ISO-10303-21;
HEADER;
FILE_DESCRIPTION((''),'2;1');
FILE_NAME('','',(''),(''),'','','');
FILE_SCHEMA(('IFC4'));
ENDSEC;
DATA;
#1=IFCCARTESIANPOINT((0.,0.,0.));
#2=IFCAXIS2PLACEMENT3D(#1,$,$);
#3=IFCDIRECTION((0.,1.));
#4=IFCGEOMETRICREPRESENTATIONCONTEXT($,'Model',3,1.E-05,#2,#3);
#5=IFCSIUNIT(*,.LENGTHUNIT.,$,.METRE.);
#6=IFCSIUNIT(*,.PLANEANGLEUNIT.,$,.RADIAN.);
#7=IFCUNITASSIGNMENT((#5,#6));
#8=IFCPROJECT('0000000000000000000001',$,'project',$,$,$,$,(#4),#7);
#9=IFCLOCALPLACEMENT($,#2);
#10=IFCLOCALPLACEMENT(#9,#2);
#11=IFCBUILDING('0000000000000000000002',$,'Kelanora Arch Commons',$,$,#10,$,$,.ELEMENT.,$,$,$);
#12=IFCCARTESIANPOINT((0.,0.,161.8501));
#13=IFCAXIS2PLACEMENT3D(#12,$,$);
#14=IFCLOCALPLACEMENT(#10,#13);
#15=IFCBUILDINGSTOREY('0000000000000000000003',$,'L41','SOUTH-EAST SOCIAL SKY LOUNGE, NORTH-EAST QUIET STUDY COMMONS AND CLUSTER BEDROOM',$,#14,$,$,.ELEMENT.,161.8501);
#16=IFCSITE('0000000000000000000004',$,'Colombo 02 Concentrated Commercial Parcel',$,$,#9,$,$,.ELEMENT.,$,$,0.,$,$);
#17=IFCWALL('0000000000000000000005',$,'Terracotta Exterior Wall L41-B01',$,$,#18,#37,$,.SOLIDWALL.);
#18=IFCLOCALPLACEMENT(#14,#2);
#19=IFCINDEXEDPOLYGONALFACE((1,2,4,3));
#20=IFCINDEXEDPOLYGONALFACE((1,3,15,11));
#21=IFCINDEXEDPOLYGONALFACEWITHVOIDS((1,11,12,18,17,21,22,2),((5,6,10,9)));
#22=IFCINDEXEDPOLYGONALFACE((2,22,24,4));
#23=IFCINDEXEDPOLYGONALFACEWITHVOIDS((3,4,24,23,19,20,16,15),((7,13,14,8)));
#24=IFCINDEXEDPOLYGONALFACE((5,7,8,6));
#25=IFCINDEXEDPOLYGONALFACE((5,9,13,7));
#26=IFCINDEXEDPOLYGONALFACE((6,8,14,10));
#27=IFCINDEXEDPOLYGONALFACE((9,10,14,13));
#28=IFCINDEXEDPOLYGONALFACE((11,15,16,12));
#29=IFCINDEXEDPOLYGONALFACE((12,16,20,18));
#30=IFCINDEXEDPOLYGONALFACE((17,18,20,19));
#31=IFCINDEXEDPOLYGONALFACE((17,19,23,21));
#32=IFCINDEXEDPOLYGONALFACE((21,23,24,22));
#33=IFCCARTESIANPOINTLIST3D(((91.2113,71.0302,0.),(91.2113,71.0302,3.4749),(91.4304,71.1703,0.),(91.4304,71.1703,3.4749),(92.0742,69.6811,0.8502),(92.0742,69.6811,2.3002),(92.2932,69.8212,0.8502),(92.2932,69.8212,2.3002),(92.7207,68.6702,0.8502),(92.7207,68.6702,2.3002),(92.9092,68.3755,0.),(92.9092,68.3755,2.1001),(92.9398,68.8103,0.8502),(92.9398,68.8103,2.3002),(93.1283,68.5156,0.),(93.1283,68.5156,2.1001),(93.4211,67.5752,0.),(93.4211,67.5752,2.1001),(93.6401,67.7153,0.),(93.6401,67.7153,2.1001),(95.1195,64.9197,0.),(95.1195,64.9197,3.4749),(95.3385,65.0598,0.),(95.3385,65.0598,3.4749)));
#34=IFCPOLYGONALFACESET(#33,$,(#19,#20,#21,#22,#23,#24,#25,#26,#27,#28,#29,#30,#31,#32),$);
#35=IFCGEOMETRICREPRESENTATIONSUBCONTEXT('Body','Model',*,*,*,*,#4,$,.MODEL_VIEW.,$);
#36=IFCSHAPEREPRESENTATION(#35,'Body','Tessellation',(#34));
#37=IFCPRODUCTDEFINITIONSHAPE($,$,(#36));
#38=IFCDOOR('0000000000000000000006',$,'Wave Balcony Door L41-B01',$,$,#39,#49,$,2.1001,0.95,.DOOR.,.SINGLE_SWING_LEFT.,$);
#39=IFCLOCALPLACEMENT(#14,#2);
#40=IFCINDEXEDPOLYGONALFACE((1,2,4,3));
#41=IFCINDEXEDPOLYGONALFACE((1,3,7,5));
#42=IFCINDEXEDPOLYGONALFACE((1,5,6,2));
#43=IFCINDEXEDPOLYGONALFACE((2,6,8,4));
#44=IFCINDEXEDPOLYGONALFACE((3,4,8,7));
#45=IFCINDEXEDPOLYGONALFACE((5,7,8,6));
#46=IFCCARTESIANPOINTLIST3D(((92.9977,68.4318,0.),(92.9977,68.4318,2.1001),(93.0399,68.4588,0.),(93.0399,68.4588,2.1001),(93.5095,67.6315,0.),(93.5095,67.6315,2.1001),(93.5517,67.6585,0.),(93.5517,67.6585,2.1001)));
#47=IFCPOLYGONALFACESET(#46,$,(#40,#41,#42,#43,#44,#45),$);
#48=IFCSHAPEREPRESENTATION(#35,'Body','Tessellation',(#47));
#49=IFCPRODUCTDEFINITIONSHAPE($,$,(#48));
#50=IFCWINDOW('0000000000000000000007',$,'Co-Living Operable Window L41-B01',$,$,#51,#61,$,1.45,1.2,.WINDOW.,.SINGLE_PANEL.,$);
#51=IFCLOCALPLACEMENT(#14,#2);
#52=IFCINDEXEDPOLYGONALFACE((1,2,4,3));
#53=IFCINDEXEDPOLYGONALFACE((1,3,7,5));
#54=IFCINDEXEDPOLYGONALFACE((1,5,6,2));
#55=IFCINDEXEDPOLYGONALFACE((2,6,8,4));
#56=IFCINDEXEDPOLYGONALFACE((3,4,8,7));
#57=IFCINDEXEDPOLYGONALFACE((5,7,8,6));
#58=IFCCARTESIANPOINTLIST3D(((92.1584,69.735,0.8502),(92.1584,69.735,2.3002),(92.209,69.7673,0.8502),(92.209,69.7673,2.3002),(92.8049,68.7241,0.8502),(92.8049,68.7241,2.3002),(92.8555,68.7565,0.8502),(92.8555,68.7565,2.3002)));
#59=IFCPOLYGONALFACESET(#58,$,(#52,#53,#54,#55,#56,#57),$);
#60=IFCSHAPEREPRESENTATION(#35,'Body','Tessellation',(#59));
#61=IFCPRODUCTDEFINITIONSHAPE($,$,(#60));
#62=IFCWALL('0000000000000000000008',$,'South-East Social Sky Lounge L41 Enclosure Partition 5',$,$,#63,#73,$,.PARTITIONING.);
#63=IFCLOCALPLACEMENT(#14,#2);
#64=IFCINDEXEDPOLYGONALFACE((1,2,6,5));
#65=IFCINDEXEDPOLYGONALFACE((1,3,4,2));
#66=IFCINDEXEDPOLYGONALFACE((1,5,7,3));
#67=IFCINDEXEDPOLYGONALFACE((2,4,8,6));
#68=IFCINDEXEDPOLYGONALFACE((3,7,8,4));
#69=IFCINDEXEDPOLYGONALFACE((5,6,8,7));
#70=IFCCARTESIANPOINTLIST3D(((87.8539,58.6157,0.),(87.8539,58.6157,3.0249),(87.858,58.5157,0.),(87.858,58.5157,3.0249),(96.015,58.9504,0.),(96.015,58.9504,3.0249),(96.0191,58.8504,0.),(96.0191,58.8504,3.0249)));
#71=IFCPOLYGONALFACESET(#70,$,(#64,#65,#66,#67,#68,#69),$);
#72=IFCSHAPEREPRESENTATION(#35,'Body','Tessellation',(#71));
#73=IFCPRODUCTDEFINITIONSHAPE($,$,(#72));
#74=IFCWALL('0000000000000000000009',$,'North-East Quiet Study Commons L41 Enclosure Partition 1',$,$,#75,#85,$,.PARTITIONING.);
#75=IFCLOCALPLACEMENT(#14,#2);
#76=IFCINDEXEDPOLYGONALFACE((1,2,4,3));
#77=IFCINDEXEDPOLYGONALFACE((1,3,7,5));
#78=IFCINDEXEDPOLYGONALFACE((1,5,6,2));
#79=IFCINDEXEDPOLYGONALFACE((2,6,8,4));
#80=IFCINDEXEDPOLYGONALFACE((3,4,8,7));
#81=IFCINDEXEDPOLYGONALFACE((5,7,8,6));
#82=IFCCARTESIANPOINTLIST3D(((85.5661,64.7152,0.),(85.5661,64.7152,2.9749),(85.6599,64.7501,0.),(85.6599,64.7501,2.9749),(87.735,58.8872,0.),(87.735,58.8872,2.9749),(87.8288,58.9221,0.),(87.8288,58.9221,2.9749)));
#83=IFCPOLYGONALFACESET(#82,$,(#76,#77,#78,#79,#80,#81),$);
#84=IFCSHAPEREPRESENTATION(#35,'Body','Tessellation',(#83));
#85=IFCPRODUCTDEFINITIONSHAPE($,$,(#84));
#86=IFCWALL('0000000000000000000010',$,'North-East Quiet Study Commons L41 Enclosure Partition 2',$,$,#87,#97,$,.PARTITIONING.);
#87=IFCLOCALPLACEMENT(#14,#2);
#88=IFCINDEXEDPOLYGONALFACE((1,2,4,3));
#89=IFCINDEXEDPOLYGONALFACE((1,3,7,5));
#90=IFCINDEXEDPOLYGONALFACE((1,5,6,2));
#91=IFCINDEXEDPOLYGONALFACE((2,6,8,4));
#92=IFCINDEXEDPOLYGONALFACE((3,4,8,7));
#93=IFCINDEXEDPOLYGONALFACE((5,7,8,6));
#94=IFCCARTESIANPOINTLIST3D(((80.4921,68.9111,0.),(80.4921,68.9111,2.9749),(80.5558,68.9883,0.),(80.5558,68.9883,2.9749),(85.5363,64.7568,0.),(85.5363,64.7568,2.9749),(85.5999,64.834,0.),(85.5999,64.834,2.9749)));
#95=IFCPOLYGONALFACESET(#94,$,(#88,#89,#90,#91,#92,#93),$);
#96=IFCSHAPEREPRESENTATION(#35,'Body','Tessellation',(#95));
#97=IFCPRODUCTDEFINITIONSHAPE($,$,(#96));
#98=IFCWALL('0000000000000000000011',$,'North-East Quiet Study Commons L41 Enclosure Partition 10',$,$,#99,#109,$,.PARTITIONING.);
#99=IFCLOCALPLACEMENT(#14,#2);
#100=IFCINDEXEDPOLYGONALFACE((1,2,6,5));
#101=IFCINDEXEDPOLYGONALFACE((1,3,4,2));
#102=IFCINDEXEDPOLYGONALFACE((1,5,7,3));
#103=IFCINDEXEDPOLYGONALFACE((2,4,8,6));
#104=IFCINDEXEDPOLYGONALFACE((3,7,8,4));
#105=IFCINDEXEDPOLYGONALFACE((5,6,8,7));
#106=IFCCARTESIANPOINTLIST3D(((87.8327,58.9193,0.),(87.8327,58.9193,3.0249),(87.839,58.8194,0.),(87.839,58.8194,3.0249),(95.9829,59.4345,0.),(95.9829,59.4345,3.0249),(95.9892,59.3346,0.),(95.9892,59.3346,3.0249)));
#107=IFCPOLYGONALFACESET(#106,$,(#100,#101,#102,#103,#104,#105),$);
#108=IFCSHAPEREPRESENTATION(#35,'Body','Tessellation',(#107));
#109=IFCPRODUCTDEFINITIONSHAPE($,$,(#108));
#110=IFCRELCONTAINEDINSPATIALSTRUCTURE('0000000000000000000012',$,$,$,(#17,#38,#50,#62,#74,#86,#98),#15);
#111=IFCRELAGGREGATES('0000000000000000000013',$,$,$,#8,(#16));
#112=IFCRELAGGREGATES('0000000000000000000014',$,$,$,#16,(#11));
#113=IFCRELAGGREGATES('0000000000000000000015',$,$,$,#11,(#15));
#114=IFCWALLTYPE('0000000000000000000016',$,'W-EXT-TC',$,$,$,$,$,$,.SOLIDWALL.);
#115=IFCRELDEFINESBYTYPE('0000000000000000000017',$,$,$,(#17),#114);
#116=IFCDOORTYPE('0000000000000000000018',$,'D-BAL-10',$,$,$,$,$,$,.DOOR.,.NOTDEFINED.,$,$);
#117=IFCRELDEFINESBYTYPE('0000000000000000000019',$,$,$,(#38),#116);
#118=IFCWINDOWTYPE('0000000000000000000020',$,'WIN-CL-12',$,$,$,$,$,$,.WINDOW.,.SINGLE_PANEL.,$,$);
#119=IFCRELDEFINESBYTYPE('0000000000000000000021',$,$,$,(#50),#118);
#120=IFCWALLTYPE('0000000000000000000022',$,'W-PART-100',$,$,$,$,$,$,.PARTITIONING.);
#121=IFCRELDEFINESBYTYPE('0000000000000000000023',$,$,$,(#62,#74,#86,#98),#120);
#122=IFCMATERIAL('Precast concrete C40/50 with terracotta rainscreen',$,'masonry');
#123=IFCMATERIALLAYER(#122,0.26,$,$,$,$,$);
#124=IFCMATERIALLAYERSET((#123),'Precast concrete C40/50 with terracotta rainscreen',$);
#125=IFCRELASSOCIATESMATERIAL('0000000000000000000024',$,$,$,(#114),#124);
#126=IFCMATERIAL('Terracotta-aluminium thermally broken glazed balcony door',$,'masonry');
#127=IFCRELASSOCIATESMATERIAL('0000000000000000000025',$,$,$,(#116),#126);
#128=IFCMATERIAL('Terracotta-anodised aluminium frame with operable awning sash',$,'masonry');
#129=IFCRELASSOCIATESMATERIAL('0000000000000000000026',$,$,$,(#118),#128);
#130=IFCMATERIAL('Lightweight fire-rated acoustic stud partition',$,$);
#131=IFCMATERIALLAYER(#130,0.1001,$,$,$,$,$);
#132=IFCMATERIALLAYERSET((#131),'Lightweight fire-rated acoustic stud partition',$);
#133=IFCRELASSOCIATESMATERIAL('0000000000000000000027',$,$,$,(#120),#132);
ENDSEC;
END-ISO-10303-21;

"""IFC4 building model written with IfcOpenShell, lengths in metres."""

from ifc_helpers import new_model, si_unit, direction, frame, frame_2d, origin, place, context, subcontext, project, spatial, rectangle, extrude, material, layer, layer_set, type_object, element, fill, save


model = new_model("IFC4")

# Units and contexts
model_context = context("Model", 3, precision=1e-05, world=origin(), true_north=direction((0.0, 1.0)))
body_context = subcontext(model_context, "Body", "Model", "MODEL_VIEW")
ifc_project = project(units=[si_unit("LENGTHUNIT", "METRE"), si_unit("PLANEANGLEUNIT", "RADIAN")], contexts=[model_context])

# Site, building, storey
site_placement = place(None, origin())
site = spatial("IfcSite", under=ifc_project, at=site_placement, Name="Colombo 02 Concentrated Commercial Parcel", CompositionType="ELEMENT", RefElevation=0.0)
building_placement = place(site_placement, origin())
building = spatial("IfcBuilding", under=site, at=building_placement, Name="Kelanora Arch Commons", CompositionType="ELEMENT")
storey_placement = place(building_placement, frame((0.0, 0.0, 161.8501)))
storey = spatial("IfcBuildingStorey", under=building, at=storey_placement, Name="L41", Description="SOUTH-EAST SOCIAL SKY LOUNGE, NORTH-EAST QUIET STUDY COMMONS AND CLUSTER BEDROOM", CompositionType="ELEMENT", Elevation=161.8501)

# Wall, openings, door, window
ifc_material_1 = material(Name="Precast concrete C40/50 with terracotta rainscreen", Category="masonry")
ifc_layer_1 = layer(ifc_material_1, 0.26)
ifc_layer_set_1 = layer_set([ifc_layer_1], Name="Precast concrete C40/50 with terracotta rainscreen")
wall_type_1 = type_object("IfcWallType", Name="W-EXT-TC", PredefinedType="SOLIDWALL", material=ifc_layer_set_1)
wall_1_placement = place(storey_placement, frame((95.229, 64.9897, 0.0), z_axis=(0.0, 0.0, 1.0), x_axis=(-0.538802, 0.842433, 0.0)))
wall_1 = element("IfcWall", 1, at=wall_1_placement, inside=storey, type_object=wall_type_1, Name="Terracotta Exterior Wall L41-B01", PredefinedType="SOLIDWALL", context=body_context, shape_type="SweptSolid", body=[
    extrude(rectangle(XDim=7.2534, YDim=0.26, at=frame_2d((3.6267, 0.0))), origin(), (0.0, 0.0, 1.0), 3.4749),
])
opening_1_placement = place(wall_1_placement, frame((3.1521, 0.0, 0.0)))
opening_1 = element("IfcOpeningElement", 2, at=opening_1_placement, cuts=wall_1, PredefinedType="OPENING", context=body_context, shape_type="SweptSolid", body=[
    extrude(rectangle(XDim=0.95, YDim=2.1001, at=frame_2d((0.4751, 1.05))), frame((0.0, 0.1401, 0.0), z_axis=(0.0, -1.0, 0.0), x_axis=(1.0, 0.0, 0.0)), (0.0, 0.0, 1.0), 0.28),
])
opening_2_placement = place(wall_1_placement, frame((4.4519, 0.0, 0.8501)))
opening_2 = element("IfcOpeningElement", 3, at=opening_2_placement, cuts=wall_1, PredefinedType="OPENING", context=body_context, shape_type="SweptSolid", body=[
    extrude(rectangle(XDim=1.2, YDim=1.45, at=frame_2d((0.6001, 0.7251))), frame((0.0, 0.1401, 0.0), z_axis=(0.0, -1.0, 0.0), x_axis=(1.0, 0.0, 0.0)), (0.0, 0.0, 1.0), 0.28),
])
ifc_material_2 = material(Name="Terracotta-aluminium thermally broken glazed balcony door", Category="masonry")
door_type = type_object("IfcDoorType", Name="D-BAL-10", OperationType="NOTDEFINED", PredefinedType="DOOR", material=ifc_material_2)
door_placement = place(opening_1_placement, frame((0.95, 0.0, 0.0), z_axis=(0.0, 0.0, 1.0), x_axis=(-1.0, 0.0, 0.0)))
door = element("IfcDoor", 4, at=door_placement, inside=storey, type_object=door_type, Name="Wave Balcony Door L41-B01", OperationType="SINGLE_SWING_LEFT", OverallHeight=2.1001, OverallWidth=0.95, PredefinedType="DOOR", context=body_context, shape_type="SweptSolid", body=[
    extrude(rectangle(XDim=0.95, YDim=2.1001, at=frame_2d((0.4751, 1.05))), frame((0.0, 0.0249, 0.0), z_axis=(0.0, -1.0, 0.0), x_axis=(1.0, 0.0, 0.0)), (0.0, 0.0, 1.0), 0.05),
])
fill(opening_1, door)
ifc_material_3 = material(Name="Terracotta-anodised aluminium frame with operable awning sash", Category="masonry")
window_type = type_object("IfcWindowType", Name="WIN-CL-12", PartitioningType="SINGLE_PANEL", PredefinedType="WINDOW", material=ifc_material_3)
window_placement = place(opening_2_placement, origin())
window = element("IfcWindow", 5, at=window_placement, inside=storey, type_object=window_type, Name="Co-Living Operable Window L41-B01", OverallHeight=1.45, OverallWidth=1.2, PartitioningType="SINGLE_PANEL", PredefinedType="WINDOW", context=body_context, shape_type="SweptSolid", body=[
    extrude(rectangle(XDim=1.2, YDim=1.45, at=frame_2d((0.6001, 0.7251))), frame((0.0, 0.03, 0.0), z_axis=(0.0, -1.0, 0.0), x_axis=(1.0, 0.0, 0.0)), (0.0, 0.0, 1.0), 0.0601),
])
fill(opening_2, window)

# Walls
ifc_material_4 = material(Name="Lightweight fire-rated acoustic stud partition")
ifc_layer_2 = layer(ifc_material_4, 0.1001)
ifc_layer_set_2 = layer_set([ifc_layer_2], Name="Lightweight fire-rated acoustic stud partition")
wall_type_2 = type_object("IfcWallType", Name="W-PART-100", PredefinedType="PARTITIONING", material=ifc_layer_set_2)
wall_2_placement = place(storey_placement, frame((87.856, 58.5657, 0.0), z_axis=(0.0, 0.0, 1.0), x_axis=(0.99916, 0.040979, 0.0)))
element("IfcWall", 6, at=wall_2_placement, inside=storey, type_object=wall_type_2, Name="South-East Social Sky Lounge L41 Enclosure Partition 5", PredefinedType="PARTITIONING", context=body_context, shape_type="SweptSolid", body=[
    extrude(rectangle(XDim=8.168, YDim=0.1001, at=frame_2d((4.084, 0.0))), origin(), (0.0, 0.0, 1.0), 3.0249),
])
wall_3_placement = place(storey_placement, frame((87.782, 58.9045, 0.0), z_axis=(0.0, 0.0, 1.0), x_axis=(-0.348795, 0.937199, 0.0)))
element("IfcWall", 7, at=wall_3_placement, inside=storey, type_object=wall_type_2, Name="North-East Quiet Study Commons L41 Enclosure Partition 1", PredefinedType="PARTITIONING", context=body_context, shape_type="SweptSolid", body=[
    extrude(rectangle(XDim=6.2185, YDim=0.1001, at=frame_2d((3.1094, 0.0))), origin(), (0.0, 0.0, 1.0), 2.9749),
])
wall_4_placement = place(storey_placement, frame((85.5681, 64.7954, 0.0), z_axis=(0.0, 0.0, 1.0), x_axis=(-0.771911, 0.635731, 0.0)))
element("IfcWall", 8, at=wall_4_placement, inside=storey, type_object=wall_type_2, Name="North-East Quiet Study Commons L41 Enclosure Partition 2", PredefinedType="PARTITIONING", context=body_context, shape_type="SweptSolid", body=[
    extrude(rectangle(XDim=6.5347, YDim=0.1001, at=frame_2d((3.2673, 0.0))), origin(), (0.0, 0.0, 1.0), 2.9749),
])
wall_5_placement = place(storey_placement, frame((95.9861, 59.3845, 0.0), z_axis=(0.0, 0.0, 1.0), x_axis=(-0.998008, -0.06308, 0.0)))
element("IfcWall", 9, at=wall_5_placement, inside=storey, type_object=wall_type_2, Name="North-East Quiet Study Commons L41 Enclosure Partition 10", PredefinedType="PARTITIONING", context=body_context, shape_type="SweptSolid", body=[
    extrude(rectangle(XDim=8.1665, YDim=0.1001, at=frame_2d((4.0833, 0.0))), origin(), (0.0, 0.0, 1.0), 3.0249),
])

save(model, "model.ifc")
